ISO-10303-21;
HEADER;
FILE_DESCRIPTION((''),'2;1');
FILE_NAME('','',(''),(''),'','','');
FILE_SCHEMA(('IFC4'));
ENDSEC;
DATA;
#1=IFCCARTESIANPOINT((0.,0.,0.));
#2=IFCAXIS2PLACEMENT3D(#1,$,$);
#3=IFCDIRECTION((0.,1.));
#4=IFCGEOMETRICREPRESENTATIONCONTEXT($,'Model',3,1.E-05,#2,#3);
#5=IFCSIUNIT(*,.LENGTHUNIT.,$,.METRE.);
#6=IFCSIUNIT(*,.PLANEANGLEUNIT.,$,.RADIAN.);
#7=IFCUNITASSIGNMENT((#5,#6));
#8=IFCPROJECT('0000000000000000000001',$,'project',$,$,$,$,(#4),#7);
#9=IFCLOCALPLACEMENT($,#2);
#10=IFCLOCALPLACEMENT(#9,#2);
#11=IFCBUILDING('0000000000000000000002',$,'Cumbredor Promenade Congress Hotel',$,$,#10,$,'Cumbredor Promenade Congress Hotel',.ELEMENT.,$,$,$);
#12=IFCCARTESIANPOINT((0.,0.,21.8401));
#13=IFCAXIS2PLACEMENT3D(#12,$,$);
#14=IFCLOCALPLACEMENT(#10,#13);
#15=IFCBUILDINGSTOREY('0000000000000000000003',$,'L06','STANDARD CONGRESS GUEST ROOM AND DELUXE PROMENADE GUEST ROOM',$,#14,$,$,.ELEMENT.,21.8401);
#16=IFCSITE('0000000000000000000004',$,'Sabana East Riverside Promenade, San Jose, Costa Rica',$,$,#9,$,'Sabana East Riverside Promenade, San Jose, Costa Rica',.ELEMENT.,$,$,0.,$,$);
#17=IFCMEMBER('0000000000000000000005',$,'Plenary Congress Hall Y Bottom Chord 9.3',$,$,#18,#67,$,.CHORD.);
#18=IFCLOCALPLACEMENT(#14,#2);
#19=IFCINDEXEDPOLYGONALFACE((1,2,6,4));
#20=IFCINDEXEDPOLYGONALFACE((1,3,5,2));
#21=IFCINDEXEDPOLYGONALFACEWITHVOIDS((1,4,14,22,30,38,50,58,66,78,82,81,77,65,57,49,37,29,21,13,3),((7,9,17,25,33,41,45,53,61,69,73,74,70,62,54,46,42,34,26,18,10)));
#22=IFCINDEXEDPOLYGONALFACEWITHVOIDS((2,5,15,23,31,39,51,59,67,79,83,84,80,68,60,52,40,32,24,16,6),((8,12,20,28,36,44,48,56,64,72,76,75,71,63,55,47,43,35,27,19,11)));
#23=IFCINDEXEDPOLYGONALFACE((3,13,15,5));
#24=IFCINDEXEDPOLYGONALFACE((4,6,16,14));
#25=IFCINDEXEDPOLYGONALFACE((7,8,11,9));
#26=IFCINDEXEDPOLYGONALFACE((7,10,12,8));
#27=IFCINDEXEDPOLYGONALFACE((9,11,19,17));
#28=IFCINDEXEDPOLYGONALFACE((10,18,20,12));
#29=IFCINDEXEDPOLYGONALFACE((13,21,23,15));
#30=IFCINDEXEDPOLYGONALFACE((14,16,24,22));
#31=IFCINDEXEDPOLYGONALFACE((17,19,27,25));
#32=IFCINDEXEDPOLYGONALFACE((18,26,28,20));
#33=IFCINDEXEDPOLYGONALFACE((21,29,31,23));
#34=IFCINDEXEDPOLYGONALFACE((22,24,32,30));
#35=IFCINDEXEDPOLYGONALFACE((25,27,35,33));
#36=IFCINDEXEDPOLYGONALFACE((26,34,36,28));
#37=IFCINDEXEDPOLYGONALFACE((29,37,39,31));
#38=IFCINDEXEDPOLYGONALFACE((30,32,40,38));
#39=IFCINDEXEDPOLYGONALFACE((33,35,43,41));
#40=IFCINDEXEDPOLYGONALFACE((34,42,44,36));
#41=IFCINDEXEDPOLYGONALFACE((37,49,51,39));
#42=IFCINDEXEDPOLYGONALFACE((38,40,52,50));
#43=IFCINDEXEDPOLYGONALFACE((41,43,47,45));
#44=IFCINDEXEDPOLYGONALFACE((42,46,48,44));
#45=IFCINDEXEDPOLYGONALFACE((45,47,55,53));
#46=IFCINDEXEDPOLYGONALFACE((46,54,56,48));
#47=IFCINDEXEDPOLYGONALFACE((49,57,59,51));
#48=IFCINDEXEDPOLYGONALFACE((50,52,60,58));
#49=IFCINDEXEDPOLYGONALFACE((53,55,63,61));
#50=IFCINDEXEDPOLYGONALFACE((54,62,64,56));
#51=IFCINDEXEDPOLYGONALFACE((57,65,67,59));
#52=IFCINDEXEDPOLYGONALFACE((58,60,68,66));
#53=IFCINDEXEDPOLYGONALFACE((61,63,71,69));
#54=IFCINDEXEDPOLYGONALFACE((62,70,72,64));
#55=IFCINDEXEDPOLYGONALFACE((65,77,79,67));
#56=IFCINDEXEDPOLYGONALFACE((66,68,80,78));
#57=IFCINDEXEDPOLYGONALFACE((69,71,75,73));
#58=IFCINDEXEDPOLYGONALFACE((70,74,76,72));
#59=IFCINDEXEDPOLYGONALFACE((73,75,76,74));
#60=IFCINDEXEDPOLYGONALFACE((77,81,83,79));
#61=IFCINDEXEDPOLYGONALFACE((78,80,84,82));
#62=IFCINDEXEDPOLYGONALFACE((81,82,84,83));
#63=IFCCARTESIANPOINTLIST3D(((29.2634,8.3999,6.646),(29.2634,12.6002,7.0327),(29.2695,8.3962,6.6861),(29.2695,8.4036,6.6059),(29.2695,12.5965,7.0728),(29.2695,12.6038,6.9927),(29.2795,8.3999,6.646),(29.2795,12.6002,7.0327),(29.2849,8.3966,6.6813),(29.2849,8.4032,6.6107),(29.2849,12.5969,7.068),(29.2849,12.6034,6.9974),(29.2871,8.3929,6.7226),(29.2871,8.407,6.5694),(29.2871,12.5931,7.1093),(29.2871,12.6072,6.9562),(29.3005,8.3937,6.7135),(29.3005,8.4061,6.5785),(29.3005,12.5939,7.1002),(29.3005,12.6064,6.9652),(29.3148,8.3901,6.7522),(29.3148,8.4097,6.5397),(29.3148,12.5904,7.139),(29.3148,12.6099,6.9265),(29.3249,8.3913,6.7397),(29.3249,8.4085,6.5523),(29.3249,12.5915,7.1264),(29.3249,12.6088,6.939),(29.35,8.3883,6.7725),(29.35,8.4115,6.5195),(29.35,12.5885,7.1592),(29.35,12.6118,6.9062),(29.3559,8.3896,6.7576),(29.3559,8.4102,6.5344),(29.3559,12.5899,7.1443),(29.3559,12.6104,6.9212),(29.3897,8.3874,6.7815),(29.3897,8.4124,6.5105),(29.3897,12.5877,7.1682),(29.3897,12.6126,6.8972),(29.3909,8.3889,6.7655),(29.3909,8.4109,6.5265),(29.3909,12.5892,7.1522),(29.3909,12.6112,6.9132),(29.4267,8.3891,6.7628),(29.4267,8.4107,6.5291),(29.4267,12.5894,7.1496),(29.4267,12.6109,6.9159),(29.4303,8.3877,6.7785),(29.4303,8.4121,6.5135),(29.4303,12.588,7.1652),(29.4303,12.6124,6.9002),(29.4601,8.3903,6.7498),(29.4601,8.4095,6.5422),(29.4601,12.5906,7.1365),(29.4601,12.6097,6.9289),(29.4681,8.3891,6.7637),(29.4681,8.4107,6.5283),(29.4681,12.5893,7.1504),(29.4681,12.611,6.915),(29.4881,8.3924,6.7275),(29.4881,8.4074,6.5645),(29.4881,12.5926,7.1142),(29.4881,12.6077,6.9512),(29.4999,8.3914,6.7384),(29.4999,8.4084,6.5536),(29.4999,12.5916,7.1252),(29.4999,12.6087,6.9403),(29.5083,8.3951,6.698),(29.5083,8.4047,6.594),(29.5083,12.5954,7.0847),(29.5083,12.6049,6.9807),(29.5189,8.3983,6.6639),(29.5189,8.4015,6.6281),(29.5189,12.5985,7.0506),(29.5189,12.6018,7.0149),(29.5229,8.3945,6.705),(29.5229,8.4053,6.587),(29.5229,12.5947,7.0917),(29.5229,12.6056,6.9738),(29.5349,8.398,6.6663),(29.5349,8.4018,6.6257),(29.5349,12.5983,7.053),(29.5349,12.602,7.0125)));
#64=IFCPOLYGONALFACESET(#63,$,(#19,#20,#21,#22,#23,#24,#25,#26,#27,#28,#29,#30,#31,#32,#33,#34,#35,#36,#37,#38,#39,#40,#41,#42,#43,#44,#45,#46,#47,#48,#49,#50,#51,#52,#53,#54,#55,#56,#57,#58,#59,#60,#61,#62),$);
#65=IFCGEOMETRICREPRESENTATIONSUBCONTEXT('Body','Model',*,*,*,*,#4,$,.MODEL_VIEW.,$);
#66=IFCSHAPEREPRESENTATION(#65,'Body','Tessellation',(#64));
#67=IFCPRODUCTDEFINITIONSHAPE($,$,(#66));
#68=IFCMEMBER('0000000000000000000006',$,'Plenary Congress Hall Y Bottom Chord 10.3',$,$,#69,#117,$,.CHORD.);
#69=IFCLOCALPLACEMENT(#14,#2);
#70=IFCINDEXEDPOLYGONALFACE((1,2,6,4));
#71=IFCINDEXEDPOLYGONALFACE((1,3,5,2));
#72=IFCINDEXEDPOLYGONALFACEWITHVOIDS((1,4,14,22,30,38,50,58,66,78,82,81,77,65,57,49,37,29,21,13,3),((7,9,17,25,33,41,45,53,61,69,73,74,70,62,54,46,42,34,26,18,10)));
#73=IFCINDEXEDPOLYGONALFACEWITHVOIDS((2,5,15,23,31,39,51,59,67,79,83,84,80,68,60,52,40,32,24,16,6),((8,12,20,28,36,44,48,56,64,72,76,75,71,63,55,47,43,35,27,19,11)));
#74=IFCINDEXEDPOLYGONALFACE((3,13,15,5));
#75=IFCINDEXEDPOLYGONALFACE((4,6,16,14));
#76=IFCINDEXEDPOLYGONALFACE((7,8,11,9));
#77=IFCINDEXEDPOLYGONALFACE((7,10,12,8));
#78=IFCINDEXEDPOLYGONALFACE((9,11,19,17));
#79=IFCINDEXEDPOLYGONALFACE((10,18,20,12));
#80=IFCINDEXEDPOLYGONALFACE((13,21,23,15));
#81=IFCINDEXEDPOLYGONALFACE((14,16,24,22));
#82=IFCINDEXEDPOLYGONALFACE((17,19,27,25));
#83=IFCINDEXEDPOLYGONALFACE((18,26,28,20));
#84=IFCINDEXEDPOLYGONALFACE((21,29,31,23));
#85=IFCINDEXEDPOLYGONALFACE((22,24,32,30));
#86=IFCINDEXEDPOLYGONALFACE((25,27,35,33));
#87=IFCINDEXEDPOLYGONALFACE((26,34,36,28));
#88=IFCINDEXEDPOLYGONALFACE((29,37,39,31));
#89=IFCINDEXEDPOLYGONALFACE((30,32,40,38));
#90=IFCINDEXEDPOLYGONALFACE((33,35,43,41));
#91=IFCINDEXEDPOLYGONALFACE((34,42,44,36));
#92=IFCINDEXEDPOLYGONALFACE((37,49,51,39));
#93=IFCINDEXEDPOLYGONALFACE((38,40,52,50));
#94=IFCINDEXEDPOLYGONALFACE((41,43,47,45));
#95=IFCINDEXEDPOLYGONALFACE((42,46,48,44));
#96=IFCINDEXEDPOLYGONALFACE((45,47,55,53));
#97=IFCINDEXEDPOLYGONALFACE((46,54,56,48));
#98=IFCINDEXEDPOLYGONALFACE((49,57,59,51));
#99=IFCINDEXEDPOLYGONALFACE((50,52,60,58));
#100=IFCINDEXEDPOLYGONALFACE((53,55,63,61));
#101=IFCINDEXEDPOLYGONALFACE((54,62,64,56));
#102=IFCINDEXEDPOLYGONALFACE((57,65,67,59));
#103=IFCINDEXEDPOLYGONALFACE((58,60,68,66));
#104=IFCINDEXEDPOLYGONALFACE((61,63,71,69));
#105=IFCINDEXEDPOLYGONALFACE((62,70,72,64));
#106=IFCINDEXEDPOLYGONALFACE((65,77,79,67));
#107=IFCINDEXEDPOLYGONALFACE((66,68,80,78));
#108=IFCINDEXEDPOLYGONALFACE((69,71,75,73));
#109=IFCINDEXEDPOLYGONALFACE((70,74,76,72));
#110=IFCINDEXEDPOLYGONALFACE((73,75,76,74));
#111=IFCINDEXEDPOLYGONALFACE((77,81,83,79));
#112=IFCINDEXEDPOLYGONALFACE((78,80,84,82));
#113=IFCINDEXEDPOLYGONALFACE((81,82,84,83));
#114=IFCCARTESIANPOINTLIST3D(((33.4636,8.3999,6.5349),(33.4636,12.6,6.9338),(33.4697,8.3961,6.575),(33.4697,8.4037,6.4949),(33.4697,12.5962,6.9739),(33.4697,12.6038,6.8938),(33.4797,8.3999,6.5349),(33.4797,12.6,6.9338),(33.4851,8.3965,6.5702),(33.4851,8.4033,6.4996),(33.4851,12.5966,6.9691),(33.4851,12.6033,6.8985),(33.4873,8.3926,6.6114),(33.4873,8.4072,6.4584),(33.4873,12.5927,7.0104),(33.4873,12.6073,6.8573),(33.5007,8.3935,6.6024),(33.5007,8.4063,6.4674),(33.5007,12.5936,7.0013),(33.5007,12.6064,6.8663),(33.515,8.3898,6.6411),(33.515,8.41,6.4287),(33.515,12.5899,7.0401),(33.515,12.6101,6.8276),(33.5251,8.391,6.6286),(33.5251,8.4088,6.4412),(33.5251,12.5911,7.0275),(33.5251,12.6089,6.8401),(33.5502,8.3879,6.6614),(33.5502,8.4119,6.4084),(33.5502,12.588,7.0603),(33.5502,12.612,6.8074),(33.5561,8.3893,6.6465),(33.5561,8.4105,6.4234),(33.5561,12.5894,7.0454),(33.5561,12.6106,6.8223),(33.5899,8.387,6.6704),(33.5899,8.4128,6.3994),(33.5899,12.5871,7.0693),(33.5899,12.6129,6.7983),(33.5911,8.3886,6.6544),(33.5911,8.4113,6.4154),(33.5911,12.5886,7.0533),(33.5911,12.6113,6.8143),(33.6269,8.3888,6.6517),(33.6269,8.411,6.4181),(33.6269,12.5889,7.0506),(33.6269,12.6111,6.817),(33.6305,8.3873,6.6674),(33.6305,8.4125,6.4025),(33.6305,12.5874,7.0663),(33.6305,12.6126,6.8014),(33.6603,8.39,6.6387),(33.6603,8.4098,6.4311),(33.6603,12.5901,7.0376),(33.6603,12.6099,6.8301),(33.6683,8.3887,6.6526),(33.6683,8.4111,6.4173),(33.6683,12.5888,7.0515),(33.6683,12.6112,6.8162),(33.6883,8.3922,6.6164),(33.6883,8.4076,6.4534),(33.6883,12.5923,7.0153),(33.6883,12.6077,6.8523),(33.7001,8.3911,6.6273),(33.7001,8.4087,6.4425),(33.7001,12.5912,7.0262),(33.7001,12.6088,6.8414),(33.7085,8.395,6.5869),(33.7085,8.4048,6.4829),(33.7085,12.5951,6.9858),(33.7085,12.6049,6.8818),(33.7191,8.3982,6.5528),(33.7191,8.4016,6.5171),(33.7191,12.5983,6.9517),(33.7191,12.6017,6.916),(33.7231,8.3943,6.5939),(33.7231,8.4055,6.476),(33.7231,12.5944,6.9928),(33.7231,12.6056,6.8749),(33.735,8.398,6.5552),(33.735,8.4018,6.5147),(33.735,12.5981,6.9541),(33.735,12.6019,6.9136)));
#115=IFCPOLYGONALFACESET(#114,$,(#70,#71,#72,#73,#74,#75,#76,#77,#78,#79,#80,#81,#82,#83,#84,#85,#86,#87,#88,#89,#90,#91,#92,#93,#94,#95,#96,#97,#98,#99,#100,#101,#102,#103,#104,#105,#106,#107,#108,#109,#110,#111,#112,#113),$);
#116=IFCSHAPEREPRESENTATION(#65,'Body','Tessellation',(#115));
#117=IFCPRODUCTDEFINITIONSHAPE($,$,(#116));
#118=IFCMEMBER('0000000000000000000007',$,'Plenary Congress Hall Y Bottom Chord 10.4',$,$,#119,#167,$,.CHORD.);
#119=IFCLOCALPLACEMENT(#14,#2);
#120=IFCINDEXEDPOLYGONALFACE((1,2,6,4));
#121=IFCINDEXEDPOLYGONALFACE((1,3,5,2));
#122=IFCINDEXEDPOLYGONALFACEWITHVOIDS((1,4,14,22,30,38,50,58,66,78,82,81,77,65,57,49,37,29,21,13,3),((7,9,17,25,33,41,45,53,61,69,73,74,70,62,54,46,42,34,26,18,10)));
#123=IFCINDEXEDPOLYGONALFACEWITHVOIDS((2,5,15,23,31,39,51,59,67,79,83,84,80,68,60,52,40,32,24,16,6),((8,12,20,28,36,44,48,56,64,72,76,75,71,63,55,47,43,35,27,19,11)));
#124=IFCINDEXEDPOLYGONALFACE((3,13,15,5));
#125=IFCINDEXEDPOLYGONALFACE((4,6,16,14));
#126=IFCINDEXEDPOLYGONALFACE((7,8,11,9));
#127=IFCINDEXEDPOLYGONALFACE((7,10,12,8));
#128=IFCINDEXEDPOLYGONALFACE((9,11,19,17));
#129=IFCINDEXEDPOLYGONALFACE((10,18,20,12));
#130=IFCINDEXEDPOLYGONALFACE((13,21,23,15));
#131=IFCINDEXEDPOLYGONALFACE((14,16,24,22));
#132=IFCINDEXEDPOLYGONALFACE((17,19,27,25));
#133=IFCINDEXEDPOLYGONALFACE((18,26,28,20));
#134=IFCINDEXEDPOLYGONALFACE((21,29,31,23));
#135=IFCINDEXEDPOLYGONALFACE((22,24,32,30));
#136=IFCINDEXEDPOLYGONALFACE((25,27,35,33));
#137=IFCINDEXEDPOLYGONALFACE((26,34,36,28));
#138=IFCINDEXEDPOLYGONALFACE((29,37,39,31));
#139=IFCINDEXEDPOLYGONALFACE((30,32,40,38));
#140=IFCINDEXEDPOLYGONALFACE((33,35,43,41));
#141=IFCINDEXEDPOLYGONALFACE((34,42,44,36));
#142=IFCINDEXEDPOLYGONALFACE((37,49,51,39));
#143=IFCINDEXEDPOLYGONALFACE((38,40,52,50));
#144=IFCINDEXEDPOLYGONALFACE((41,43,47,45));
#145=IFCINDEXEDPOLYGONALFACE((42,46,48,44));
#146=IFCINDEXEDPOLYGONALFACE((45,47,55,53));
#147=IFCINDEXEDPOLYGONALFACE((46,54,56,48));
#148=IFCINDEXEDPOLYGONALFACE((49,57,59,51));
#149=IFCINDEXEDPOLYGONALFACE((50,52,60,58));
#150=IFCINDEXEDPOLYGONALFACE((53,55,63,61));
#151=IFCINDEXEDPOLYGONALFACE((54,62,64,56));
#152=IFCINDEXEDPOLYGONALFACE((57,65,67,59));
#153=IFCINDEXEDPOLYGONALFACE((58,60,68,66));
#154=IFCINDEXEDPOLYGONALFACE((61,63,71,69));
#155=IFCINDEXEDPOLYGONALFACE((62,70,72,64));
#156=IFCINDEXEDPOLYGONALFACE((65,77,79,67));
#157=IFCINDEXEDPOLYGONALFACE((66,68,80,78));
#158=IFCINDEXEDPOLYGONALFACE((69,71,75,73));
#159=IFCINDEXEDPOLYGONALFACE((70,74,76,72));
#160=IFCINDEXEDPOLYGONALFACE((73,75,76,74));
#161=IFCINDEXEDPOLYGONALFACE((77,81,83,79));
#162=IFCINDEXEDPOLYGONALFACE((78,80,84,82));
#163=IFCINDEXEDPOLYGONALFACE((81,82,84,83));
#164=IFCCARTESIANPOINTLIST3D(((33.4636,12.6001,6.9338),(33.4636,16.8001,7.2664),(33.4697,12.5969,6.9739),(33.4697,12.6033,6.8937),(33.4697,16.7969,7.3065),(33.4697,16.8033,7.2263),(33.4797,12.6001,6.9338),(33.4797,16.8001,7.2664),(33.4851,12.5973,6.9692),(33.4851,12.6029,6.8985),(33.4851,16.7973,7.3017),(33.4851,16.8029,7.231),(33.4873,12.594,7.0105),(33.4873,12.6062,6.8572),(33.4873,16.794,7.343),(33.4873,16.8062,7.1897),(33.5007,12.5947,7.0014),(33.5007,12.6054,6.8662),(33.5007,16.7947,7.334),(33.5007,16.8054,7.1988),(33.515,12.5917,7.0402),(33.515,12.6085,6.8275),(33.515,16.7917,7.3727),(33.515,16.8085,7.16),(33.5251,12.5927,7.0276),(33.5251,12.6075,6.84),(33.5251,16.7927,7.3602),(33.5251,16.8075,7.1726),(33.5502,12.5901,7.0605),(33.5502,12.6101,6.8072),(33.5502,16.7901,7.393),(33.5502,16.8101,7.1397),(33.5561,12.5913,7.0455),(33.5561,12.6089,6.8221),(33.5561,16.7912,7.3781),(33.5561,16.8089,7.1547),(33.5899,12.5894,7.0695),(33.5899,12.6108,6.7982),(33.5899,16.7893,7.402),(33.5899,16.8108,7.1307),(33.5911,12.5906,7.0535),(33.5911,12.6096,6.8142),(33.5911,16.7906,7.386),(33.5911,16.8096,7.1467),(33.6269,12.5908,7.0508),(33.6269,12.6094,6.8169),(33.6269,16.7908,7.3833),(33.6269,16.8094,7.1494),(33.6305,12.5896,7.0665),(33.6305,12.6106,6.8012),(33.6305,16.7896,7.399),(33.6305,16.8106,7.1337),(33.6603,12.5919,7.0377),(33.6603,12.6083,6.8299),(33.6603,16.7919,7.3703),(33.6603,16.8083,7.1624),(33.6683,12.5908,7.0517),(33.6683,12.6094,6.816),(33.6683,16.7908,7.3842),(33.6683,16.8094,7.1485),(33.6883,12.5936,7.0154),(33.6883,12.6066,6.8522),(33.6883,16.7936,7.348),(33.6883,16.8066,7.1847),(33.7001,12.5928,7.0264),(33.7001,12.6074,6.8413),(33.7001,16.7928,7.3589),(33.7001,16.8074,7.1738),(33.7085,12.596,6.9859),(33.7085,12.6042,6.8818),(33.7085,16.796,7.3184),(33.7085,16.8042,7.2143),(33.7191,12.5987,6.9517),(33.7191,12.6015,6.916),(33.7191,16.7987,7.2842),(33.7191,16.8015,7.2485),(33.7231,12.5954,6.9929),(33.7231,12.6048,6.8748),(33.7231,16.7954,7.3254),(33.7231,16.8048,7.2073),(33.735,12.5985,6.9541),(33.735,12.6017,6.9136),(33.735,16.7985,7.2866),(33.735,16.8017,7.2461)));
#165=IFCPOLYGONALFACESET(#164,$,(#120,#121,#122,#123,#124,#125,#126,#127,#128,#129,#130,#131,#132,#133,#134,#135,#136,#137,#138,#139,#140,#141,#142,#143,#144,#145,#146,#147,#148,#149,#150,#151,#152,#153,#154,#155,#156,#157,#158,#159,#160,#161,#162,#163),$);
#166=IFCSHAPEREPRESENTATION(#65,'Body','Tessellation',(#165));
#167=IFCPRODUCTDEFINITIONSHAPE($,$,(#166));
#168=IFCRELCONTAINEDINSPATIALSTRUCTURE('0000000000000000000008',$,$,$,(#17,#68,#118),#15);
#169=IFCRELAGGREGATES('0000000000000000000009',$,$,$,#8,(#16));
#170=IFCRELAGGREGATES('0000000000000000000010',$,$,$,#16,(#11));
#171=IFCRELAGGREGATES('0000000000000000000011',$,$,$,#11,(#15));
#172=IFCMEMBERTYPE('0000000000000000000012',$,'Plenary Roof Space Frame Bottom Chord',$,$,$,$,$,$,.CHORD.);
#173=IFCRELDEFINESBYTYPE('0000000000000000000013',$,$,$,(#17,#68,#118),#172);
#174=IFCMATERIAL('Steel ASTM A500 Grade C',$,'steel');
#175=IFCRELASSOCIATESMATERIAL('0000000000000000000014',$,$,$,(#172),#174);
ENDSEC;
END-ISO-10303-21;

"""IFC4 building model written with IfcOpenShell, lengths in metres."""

from ifc_helpers import new_model, si_unit, direction, frame, origin, origin_2d, place, context, subcontext, project, spatial, hollow_circle, extrude, material, material_profile, profile_set, type_object, element, save


model = new_model("IFC4")

# Units and contexts
model_context = context("Model", 3, precision=1e-05, world=origin(), true_north=direction((0.0, 1.0)))
body_context = subcontext(model_context, "Body", "Model", "MODEL_VIEW")
ifc_project = project(units=[si_unit("LENGTHUNIT", "METRE"), si_unit("PLANEANGLEUNIT", "RADIAN")], contexts=[model_context])

# Site, building, storey
site_placement = place(None, origin())
site = spatial("IfcSite", under=ifc_project, at=site_placement, Name="Sabana East Riverside Promenade, San Jose, Costa Rica", LongName="Sabana East Riverside Promenade, San Jose, Costa Rica", CompositionType="ELEMENT", RefElevation=0.0)
building_placement = place(site_placement, origin())
building = spatial("IfcBuilding", under=site, at=building_placement, Name="Cumbredor Promenade Congress Hotel", LongName="Cumbredor Promenade Congress Hotel", CompositionType="ELEMENT")
storey_placement = place(building_placement, frame((0.0, 0.0, 21.8401)))
storey = spatial("IfcBuildingStorey", under=building, at=storey_placement, Name="L06", Description="STANDARD CONGRESS GUEST ROOM AND DELUXE PROMENADE GUEST ROOM", CompositionType="ELEMENT", Elevation=21.8401)

# Members
ifc_material_1 = material(Name="Steel ASTM A500 Grade C", Category="steel")
ifc_material_profile_1 = material_profile(ifc_material_1, hollow_circle(Radius=0.1365, WallThickness=0.0161, at=origin_2d()), Name="CHS 273.0x16")
ifc_profile_set_1 = profile_set([ifc_material_profile_1], Name="Steel ASTM A500 Grade C")
member_type_1 = type_object("IfcMemberType", Name="Plenary Roof Space Frame Bottom Chord", PredefinedType="CHORD", material=ifc_profile_set_1)
member_1_placement = place(storey_placement, frame((29.3999, 8.3999, 6.646), z_axis=(0.0, 0.995788, 0.091684), x_axis=(-1.0, 0.0, 0.0)))
element("IfcMember", 1, at=member_1_placement, inside=storey, type_object=member_type_1, Name="Plenary Congress Hall Y Bottom Chord 9.3", PredefinedType="CHORD", context=body_context, shape_type="SweptSolid", body=[
    extrude(hollow_circle(Radius=0.1365, WallThickness=0.0161, at=origin_2d()), origin(), (0.0, 0.0, 1.0), 4.218),
])
member_2_placement = place(storey_placement, frame((33.6001, 8.3999, 6.5349), z_axis=(0.0, 0.99552, 0.094552), x_axis=(-1.0, 0.0, 0.0)))
element("IfcMember", 2, at=member_2_placement, inside=storey, type_object=member_type_1, Name="Plenary Congress Hall Y Bottom Chord 10.3", PredefinedType="CHORD", context=body_context, shape_type="SweptSolid", body=[
    extrude(hollow_circle(Radius=0.1365, WallThickness=0.0161, at=origin_2d()), origin(), (0.0, 0.0, 1.0), 4.219),
])
member_3_placement = place(storey_placement, frame((33.6001, 12.6001, 6.9338), z_axis=(0.0, 0.996881, 0.078925), x_axis=(-1.0, 0.0, 0.0)))
element("IfcMember", 3, at=member_3_placement, inside=storey, type_object=member_type_1, Name="Plenary Congress Hall Y Bottom Chord 10.4", PredefinedType="CHORD", context=body_context, shape_type="SweptSolid", body=[
    extrude(hollow_circle(Radius=0.1365, WallThickness=0.0161, at=origin_2d()), origin(), (0.0, 0.0, 1.0), 4.2131),
])

save(model, "model.ifc")
